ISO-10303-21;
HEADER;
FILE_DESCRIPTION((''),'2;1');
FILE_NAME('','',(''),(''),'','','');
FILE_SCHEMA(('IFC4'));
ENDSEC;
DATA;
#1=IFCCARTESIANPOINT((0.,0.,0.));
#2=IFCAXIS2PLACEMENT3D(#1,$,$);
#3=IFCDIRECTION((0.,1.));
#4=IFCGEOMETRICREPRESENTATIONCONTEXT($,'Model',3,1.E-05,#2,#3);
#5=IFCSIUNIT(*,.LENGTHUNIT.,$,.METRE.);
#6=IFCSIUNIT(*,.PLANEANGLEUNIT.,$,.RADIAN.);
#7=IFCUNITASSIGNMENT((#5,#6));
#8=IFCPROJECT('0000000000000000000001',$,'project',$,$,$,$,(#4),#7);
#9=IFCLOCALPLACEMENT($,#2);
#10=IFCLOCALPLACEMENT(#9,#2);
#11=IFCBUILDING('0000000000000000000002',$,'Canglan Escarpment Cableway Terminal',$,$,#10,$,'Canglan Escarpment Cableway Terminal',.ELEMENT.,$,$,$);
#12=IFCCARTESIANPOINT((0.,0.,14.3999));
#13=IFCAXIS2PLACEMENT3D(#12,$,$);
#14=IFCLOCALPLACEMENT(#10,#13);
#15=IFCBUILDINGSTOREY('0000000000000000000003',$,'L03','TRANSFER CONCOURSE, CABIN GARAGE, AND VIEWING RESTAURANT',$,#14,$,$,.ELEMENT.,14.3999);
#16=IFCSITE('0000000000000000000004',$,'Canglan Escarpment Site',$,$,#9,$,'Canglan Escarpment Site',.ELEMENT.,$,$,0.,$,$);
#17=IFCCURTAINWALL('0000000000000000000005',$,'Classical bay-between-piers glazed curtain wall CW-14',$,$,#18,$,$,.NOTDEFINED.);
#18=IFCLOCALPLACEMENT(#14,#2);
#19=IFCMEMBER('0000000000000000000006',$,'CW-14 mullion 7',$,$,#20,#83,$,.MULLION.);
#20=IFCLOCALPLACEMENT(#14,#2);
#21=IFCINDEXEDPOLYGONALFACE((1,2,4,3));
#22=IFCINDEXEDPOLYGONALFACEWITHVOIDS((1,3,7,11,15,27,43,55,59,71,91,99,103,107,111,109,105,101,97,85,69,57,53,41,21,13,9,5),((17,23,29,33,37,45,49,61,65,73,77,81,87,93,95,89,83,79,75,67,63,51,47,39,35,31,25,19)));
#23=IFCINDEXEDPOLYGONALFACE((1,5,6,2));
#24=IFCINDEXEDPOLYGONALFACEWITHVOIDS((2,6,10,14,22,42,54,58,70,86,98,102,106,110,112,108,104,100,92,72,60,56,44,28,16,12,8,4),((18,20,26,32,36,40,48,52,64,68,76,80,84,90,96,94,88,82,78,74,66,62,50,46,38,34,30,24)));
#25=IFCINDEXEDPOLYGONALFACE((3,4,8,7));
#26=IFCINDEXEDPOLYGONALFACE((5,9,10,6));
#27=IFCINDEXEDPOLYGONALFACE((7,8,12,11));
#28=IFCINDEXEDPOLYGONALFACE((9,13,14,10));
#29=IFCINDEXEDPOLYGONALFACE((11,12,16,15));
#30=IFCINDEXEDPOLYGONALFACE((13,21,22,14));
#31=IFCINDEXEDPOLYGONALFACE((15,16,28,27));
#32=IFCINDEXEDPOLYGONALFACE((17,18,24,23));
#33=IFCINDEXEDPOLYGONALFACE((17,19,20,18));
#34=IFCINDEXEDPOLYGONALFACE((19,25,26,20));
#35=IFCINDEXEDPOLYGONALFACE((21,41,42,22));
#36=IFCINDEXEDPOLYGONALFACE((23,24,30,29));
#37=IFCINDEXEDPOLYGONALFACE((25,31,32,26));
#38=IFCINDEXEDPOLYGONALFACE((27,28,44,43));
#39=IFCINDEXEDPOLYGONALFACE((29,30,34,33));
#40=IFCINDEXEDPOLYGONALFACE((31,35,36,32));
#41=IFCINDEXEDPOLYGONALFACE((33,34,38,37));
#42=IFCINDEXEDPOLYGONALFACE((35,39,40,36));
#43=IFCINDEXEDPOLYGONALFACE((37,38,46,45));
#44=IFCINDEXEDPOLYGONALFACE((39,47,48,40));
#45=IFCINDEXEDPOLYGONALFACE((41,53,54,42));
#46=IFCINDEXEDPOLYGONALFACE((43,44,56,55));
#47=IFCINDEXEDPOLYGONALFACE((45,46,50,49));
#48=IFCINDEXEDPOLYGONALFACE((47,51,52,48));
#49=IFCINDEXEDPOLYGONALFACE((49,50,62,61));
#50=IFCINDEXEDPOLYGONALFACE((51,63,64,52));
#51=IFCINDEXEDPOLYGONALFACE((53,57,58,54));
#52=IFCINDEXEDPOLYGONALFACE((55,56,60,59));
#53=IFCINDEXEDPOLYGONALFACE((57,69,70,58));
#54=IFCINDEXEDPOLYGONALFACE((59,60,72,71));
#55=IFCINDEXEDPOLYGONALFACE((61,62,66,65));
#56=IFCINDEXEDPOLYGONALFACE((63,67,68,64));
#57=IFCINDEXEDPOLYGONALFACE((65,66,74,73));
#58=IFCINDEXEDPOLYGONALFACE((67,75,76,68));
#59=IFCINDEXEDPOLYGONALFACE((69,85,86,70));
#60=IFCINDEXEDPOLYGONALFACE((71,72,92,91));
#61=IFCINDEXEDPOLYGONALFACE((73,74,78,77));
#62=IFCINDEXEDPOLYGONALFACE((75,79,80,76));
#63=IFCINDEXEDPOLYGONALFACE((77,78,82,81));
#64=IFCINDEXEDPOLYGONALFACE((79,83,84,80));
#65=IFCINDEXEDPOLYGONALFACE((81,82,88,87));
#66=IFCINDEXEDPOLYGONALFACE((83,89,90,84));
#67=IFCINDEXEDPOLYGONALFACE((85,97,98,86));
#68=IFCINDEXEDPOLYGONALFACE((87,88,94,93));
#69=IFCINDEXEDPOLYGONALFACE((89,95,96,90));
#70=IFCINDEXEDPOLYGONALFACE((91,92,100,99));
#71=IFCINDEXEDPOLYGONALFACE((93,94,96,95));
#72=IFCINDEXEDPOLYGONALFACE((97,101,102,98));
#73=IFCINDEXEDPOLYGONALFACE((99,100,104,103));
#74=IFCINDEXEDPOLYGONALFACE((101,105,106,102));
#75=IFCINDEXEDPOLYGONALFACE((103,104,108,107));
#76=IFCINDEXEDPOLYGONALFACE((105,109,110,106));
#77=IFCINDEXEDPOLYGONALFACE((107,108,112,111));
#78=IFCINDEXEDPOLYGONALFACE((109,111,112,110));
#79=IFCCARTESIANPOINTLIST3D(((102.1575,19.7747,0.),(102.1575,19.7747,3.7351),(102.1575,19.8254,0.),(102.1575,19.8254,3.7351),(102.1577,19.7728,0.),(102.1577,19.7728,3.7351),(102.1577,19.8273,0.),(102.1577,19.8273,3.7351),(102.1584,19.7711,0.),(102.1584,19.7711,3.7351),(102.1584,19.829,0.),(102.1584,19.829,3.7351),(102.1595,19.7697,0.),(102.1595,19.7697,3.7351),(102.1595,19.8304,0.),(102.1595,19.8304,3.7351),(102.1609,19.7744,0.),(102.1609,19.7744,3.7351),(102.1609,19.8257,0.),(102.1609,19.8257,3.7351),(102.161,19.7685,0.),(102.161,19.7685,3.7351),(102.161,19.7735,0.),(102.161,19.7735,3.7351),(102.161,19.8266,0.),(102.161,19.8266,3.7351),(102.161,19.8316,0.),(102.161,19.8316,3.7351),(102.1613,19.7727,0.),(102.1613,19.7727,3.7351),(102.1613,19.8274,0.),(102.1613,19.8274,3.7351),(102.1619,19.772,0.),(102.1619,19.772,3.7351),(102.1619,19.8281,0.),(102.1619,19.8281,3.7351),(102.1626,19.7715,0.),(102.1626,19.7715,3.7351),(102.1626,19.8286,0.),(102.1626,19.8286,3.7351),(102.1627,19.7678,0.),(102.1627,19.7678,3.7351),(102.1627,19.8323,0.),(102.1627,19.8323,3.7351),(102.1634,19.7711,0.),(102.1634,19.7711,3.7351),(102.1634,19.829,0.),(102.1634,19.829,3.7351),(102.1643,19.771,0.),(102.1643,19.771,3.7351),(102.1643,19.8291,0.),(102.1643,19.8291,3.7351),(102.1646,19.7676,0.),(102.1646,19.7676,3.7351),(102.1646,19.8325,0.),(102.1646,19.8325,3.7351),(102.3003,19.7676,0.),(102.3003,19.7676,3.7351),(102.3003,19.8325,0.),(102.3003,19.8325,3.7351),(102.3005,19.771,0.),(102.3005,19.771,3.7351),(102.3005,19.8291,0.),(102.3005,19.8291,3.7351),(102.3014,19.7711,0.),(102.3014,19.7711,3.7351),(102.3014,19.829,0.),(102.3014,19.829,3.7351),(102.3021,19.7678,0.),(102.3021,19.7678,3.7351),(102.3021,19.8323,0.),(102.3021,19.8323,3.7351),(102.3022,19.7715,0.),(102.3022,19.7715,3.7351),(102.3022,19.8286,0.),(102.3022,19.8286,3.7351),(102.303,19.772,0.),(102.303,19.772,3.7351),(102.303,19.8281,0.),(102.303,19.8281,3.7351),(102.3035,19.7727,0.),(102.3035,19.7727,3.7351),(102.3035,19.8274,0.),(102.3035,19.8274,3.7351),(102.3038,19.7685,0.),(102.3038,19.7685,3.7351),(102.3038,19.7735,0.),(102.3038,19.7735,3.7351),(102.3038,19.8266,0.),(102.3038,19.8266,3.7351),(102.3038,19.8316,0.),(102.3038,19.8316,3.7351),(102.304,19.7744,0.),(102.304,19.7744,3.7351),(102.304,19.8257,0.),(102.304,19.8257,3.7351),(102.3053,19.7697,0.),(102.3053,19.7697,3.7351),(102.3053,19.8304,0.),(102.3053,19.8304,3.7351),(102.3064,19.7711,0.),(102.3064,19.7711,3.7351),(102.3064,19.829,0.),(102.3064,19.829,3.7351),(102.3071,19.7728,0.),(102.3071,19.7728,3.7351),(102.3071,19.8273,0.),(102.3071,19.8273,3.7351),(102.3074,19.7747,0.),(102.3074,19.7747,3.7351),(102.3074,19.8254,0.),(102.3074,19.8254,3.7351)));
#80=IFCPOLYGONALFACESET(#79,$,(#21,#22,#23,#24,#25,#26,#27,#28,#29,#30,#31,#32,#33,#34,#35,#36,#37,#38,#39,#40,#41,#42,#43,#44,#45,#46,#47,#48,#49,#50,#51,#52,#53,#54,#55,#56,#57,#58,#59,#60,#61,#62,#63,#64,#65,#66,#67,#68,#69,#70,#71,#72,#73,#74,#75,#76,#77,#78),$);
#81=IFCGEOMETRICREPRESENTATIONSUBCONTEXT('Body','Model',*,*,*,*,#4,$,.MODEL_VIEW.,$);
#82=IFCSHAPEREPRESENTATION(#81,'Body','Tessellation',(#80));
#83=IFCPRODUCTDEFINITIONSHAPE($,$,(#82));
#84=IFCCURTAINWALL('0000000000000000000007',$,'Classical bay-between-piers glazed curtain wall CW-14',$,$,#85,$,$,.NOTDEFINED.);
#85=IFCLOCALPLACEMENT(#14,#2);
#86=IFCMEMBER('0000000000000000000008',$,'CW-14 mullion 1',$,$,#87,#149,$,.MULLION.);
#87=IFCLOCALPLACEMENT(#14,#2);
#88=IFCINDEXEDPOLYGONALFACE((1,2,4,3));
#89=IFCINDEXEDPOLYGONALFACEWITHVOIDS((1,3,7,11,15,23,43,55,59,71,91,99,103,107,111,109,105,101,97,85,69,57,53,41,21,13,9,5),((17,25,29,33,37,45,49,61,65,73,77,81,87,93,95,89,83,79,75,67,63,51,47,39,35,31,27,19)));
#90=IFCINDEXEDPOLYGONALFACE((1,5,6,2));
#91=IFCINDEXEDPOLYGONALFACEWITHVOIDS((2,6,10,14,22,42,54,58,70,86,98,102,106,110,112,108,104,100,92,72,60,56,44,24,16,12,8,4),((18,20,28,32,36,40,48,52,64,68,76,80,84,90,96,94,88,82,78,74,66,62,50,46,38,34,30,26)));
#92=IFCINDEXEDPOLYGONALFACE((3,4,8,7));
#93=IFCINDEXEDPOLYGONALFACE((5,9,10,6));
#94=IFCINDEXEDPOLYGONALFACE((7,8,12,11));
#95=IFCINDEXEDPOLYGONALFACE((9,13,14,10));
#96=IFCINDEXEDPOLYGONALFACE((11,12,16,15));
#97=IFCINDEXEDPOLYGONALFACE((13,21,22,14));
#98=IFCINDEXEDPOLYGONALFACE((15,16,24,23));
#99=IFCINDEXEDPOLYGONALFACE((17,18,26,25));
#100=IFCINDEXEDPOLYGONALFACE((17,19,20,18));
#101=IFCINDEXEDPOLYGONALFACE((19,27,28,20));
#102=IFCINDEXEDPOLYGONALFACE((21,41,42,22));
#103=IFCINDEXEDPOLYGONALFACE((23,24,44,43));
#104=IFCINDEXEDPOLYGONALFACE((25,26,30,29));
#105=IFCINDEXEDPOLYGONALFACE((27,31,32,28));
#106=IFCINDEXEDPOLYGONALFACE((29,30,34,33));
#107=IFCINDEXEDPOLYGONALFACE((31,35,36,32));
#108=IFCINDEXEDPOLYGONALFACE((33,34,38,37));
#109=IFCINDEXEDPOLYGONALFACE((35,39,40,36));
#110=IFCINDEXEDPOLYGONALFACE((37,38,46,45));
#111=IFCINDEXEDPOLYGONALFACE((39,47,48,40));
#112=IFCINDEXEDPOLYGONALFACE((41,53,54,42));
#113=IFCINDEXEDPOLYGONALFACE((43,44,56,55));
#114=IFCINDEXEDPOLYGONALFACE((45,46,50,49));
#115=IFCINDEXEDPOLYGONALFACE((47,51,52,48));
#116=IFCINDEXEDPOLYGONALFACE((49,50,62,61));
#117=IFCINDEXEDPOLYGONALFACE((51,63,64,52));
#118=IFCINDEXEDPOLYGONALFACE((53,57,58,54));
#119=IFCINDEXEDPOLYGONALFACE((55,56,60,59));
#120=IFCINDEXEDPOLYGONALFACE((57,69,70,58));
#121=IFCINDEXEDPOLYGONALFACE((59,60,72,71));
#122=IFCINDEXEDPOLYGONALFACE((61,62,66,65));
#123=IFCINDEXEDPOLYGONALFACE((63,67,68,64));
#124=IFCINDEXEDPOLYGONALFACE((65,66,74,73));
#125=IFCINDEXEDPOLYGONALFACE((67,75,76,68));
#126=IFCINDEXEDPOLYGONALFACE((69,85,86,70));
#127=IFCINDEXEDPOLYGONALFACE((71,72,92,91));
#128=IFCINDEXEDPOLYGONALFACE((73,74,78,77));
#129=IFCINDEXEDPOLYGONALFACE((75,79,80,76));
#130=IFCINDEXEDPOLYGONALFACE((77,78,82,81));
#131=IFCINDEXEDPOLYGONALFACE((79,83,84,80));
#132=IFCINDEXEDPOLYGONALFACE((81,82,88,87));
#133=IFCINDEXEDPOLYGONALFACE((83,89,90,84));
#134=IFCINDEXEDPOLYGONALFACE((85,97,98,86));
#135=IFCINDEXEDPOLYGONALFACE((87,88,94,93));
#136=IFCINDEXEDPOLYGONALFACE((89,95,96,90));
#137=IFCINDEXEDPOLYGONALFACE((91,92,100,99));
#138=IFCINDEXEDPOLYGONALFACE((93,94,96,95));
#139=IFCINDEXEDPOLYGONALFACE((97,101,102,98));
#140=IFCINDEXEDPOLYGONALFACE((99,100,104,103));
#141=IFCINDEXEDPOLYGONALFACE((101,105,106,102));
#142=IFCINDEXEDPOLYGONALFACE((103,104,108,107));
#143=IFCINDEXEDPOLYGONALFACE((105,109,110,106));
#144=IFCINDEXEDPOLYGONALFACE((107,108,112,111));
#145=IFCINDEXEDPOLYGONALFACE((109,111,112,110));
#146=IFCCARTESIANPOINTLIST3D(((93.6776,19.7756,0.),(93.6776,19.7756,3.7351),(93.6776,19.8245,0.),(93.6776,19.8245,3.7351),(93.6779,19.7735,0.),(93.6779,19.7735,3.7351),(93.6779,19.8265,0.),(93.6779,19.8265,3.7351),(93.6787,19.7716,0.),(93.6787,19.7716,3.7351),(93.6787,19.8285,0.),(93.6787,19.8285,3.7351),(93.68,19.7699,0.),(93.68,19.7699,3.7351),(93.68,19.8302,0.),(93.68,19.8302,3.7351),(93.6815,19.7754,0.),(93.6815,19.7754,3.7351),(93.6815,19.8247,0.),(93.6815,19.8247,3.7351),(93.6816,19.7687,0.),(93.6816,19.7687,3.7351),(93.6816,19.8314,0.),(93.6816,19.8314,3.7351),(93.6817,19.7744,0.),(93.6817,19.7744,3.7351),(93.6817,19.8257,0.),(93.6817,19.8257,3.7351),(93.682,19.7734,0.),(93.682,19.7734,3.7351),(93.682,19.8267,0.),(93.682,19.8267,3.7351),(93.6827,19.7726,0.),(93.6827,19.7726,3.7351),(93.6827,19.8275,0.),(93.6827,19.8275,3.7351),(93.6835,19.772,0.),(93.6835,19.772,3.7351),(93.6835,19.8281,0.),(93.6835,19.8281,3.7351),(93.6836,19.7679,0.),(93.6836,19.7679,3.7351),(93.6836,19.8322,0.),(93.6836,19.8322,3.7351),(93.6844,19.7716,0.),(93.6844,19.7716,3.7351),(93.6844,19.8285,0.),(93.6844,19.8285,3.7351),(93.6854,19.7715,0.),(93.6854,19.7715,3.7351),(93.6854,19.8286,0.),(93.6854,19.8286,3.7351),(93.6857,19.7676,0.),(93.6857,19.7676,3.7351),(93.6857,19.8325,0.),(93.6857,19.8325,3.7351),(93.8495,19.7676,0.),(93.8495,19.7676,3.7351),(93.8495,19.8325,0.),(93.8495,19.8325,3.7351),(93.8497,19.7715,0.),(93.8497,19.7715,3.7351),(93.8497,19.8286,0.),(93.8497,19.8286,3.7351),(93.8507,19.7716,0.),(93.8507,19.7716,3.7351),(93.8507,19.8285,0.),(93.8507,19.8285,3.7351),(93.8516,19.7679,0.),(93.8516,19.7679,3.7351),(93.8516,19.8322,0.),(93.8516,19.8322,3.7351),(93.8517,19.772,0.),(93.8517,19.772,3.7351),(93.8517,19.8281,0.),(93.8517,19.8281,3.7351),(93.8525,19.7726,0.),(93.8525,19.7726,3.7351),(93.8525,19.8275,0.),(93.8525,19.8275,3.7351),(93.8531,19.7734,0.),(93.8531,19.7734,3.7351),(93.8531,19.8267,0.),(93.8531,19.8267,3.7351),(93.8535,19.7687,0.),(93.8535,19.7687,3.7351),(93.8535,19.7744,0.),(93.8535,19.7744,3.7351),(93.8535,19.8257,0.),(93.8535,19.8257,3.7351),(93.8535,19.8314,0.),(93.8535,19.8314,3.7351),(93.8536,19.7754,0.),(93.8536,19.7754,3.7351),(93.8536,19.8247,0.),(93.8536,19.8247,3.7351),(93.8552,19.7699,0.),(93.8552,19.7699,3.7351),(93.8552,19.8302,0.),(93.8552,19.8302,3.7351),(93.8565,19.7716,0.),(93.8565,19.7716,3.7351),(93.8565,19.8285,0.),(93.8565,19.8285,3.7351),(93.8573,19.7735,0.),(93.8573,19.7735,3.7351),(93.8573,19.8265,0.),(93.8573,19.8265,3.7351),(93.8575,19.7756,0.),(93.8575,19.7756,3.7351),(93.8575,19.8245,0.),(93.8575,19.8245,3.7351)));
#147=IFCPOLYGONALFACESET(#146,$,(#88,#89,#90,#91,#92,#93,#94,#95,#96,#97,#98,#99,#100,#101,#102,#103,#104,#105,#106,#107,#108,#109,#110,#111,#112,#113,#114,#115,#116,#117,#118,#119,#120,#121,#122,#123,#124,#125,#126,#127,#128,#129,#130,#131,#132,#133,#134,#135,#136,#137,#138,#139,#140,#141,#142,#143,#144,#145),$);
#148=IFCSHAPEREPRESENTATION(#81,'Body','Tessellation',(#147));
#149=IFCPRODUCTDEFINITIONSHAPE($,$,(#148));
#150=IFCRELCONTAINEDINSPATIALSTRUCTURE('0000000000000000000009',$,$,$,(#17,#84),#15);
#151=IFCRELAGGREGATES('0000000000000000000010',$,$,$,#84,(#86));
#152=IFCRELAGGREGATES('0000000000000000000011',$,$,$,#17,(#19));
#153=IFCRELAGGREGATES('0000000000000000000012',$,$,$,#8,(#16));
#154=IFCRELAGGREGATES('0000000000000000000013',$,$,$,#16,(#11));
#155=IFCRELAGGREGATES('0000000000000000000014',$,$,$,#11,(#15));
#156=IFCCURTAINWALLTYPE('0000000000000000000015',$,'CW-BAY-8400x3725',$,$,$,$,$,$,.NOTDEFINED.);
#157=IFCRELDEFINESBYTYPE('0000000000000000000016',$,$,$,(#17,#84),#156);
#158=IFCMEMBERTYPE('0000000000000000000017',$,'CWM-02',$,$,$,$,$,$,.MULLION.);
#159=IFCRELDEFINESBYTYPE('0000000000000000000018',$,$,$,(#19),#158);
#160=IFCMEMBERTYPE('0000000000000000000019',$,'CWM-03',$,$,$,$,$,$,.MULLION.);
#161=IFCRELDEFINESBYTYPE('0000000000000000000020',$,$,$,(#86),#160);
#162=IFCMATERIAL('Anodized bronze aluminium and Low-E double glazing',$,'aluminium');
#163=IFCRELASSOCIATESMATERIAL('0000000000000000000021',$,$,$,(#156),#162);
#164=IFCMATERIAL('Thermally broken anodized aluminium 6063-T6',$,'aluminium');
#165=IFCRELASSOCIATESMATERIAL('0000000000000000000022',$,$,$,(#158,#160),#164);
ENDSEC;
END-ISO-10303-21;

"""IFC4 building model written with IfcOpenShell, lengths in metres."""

from ifc_helpers import new_model, si_unit, direction, frame, origin, origin_2d, place, context, subcontext, project, spatial, hollow_rectangle, extrude, material, material_profile, profile_set, type_object, element, aggregate, save


model = new_model("IFC4")

# Units and contexts
model_context = context("Model", 3, precision=1e-05, world=origin(), true_north=direction((0.0, 1.0)))
body_context = subcontext(model_context, "Body", "Model", "MODEL_VIEW")
ifc_project = project(units=[si_unit("LENGTHUNIT", "METRE"), si_unit("PLANEANGLEUNIT", "RADIAN")], contexts=[model_context])

# Site, building, storey
site_placement = place(None, origin())
site = spatial("IfcSite", under=ifc_project, at=site_placement, Name="Canglan Escarpment Site", LongName="Canglan Escarpment Site", CompositionType="ELEMENT", RefElevation=0.0)
building_placement = place(site_placement, origin())
building = spatial("IfcBuilding", under=site, at=building_placement, Name="Canglan Escarpment Cableway Terminal", LongName="Canglan Escarpment Cableway Terminal", CompositionType="ELEMENT")
storey_placement = place(building_placement, frame((0.0, 0.0, 14.3999)))
storey = spatial("IfcBuildingStorey", under=building, at=storey_placement, Name="L03", Description="TRANSFER CONCOURSE, CABIN GARAGE, AND VIEWING RESTAURANT", CompositionType="ELEMENT", Elevation=14.3999)

# Curtain wall, member
ifc_material_1 = material(Name="Anodized bronze aluminium and Low-E double glazing", Category="aluminium")
curtain_wall_type = type_object("IfcCurtainWallType", Name="CW-BAY-8400x3725", PredefinedType="NOTDEFINED", material=ifc_material_1)
curtain_wall_1_placement = place(storey_placement, origin())
curtain_wall_1 = element("IfcCurtainWall", 1, at=curtain_wall_1_placement, inside=storey, type_object=curtain_wall_type, Name="Classical bay-between-piers glazed curtain wall CW-14", PredefinedType="NOTDEFINED")
ifc_material_2 = material(Name="Thermally broken anodized aluminium 6063-T6", Category="aluminium")
ifc_material_profile_1 = material_profile(ifc_material_2, hollow_rectangle(XDim=0.0649, YDim=0.1499, WallThickness=0.0034, InnerFilletRadius=0.0034, OuterFilletRadius=0.0071, at=origin_2d()), Name="ALU-MULL 65x150x3.5")
ifc_profile_set_1 = profile_set([ifc_material_profile_1], Name="Thermally broken anodized aluminium 6063-T6")
member_type_1 = type_object("IfcMemberType", Name="CWM-02", PredefinedType="MULLION", material=ifc_profile_set_1)
member_1_placement = place(storey_placement, frame((102.2324, 19.8, 0.0), z_axis=(0.0, 0.0, 1.0), x_axis=(0.0, -1.0, 0.0)))
member_1 = element("IfcMember", 2, at=member_1_placement, type_object=member_type_1, Name="CW-14 mullion 7", PredefinedType="MULLION", context=body_context, shape_type="SweptSolid", body=[
    extrude(hollow_rectangle(XDim=0.0649, YDim=0.1499, WallThickness=0.0034, InnerFilletRadius=0.0034, OuterFilletRadius=0.0071, at=origin_2d()), origin(), (0.0, 0.0, 1.0), 3.7351),
])

# Curtain wall, member
curtain_wall_2_placement = place(storey_placement, origin())
curtain_wall_2 = element("IfcCurtainWall", 3, at=curtain_wall_2_placement, inside=storey, type_object=curtain_wall_type, Name="Classical bay-between-piers glazed curtain wall CW-14", PredefinedType="NOTDEFINED")
ifc_material_profile_2 = material_profile(ifc_material_2, hollow_rectangle(XDim=0.0649, YDim=0.1799, WallThickness=0.0039, InnerFilletRadius=0.0039, OuterFilletRadius=0.0081, at=origin_2d()), Name="ALU-MULL 65x180x4")
ifc_profile_set_2 = profile_set([ifc_material_profile_2], Name="Thermally broken anodized aluminium 6063-T6")
member_type_2 = type_object("IfcMemberType", Name="CWM-03", PredefinedType="MULLION", material=ifc_profile_set_2)
member_2_placement = place(storey_placement, frame((93.7676, 19.8, 0.0), z_axis=(0.0, 0.0, 1.0), x_axis=(0.0, -1.0, 0.0)))
member_2 = element("IfcMember", 4, at=member_2_placement, type_object=member_type_2, Name="CW-14 mullion 1", PredefinedType="MULLION", context=body_context, shape_type="SweptSolid", body=[
    extrude(hollow_rectangle(XDim=0.0649, YDim=0.1799, WallThickness=0.0039, InnerFilletRadius=0.0039, OuterFilletRadius=0.0081, at=origin_2d()), origin(), (0.0, 0.0, 1.0), 3.7351),
])

aggregate(curtain_wall_2, [member_2])
aggregate(curtain_wall_1, [member_1])

save(model, "model.ifc")
